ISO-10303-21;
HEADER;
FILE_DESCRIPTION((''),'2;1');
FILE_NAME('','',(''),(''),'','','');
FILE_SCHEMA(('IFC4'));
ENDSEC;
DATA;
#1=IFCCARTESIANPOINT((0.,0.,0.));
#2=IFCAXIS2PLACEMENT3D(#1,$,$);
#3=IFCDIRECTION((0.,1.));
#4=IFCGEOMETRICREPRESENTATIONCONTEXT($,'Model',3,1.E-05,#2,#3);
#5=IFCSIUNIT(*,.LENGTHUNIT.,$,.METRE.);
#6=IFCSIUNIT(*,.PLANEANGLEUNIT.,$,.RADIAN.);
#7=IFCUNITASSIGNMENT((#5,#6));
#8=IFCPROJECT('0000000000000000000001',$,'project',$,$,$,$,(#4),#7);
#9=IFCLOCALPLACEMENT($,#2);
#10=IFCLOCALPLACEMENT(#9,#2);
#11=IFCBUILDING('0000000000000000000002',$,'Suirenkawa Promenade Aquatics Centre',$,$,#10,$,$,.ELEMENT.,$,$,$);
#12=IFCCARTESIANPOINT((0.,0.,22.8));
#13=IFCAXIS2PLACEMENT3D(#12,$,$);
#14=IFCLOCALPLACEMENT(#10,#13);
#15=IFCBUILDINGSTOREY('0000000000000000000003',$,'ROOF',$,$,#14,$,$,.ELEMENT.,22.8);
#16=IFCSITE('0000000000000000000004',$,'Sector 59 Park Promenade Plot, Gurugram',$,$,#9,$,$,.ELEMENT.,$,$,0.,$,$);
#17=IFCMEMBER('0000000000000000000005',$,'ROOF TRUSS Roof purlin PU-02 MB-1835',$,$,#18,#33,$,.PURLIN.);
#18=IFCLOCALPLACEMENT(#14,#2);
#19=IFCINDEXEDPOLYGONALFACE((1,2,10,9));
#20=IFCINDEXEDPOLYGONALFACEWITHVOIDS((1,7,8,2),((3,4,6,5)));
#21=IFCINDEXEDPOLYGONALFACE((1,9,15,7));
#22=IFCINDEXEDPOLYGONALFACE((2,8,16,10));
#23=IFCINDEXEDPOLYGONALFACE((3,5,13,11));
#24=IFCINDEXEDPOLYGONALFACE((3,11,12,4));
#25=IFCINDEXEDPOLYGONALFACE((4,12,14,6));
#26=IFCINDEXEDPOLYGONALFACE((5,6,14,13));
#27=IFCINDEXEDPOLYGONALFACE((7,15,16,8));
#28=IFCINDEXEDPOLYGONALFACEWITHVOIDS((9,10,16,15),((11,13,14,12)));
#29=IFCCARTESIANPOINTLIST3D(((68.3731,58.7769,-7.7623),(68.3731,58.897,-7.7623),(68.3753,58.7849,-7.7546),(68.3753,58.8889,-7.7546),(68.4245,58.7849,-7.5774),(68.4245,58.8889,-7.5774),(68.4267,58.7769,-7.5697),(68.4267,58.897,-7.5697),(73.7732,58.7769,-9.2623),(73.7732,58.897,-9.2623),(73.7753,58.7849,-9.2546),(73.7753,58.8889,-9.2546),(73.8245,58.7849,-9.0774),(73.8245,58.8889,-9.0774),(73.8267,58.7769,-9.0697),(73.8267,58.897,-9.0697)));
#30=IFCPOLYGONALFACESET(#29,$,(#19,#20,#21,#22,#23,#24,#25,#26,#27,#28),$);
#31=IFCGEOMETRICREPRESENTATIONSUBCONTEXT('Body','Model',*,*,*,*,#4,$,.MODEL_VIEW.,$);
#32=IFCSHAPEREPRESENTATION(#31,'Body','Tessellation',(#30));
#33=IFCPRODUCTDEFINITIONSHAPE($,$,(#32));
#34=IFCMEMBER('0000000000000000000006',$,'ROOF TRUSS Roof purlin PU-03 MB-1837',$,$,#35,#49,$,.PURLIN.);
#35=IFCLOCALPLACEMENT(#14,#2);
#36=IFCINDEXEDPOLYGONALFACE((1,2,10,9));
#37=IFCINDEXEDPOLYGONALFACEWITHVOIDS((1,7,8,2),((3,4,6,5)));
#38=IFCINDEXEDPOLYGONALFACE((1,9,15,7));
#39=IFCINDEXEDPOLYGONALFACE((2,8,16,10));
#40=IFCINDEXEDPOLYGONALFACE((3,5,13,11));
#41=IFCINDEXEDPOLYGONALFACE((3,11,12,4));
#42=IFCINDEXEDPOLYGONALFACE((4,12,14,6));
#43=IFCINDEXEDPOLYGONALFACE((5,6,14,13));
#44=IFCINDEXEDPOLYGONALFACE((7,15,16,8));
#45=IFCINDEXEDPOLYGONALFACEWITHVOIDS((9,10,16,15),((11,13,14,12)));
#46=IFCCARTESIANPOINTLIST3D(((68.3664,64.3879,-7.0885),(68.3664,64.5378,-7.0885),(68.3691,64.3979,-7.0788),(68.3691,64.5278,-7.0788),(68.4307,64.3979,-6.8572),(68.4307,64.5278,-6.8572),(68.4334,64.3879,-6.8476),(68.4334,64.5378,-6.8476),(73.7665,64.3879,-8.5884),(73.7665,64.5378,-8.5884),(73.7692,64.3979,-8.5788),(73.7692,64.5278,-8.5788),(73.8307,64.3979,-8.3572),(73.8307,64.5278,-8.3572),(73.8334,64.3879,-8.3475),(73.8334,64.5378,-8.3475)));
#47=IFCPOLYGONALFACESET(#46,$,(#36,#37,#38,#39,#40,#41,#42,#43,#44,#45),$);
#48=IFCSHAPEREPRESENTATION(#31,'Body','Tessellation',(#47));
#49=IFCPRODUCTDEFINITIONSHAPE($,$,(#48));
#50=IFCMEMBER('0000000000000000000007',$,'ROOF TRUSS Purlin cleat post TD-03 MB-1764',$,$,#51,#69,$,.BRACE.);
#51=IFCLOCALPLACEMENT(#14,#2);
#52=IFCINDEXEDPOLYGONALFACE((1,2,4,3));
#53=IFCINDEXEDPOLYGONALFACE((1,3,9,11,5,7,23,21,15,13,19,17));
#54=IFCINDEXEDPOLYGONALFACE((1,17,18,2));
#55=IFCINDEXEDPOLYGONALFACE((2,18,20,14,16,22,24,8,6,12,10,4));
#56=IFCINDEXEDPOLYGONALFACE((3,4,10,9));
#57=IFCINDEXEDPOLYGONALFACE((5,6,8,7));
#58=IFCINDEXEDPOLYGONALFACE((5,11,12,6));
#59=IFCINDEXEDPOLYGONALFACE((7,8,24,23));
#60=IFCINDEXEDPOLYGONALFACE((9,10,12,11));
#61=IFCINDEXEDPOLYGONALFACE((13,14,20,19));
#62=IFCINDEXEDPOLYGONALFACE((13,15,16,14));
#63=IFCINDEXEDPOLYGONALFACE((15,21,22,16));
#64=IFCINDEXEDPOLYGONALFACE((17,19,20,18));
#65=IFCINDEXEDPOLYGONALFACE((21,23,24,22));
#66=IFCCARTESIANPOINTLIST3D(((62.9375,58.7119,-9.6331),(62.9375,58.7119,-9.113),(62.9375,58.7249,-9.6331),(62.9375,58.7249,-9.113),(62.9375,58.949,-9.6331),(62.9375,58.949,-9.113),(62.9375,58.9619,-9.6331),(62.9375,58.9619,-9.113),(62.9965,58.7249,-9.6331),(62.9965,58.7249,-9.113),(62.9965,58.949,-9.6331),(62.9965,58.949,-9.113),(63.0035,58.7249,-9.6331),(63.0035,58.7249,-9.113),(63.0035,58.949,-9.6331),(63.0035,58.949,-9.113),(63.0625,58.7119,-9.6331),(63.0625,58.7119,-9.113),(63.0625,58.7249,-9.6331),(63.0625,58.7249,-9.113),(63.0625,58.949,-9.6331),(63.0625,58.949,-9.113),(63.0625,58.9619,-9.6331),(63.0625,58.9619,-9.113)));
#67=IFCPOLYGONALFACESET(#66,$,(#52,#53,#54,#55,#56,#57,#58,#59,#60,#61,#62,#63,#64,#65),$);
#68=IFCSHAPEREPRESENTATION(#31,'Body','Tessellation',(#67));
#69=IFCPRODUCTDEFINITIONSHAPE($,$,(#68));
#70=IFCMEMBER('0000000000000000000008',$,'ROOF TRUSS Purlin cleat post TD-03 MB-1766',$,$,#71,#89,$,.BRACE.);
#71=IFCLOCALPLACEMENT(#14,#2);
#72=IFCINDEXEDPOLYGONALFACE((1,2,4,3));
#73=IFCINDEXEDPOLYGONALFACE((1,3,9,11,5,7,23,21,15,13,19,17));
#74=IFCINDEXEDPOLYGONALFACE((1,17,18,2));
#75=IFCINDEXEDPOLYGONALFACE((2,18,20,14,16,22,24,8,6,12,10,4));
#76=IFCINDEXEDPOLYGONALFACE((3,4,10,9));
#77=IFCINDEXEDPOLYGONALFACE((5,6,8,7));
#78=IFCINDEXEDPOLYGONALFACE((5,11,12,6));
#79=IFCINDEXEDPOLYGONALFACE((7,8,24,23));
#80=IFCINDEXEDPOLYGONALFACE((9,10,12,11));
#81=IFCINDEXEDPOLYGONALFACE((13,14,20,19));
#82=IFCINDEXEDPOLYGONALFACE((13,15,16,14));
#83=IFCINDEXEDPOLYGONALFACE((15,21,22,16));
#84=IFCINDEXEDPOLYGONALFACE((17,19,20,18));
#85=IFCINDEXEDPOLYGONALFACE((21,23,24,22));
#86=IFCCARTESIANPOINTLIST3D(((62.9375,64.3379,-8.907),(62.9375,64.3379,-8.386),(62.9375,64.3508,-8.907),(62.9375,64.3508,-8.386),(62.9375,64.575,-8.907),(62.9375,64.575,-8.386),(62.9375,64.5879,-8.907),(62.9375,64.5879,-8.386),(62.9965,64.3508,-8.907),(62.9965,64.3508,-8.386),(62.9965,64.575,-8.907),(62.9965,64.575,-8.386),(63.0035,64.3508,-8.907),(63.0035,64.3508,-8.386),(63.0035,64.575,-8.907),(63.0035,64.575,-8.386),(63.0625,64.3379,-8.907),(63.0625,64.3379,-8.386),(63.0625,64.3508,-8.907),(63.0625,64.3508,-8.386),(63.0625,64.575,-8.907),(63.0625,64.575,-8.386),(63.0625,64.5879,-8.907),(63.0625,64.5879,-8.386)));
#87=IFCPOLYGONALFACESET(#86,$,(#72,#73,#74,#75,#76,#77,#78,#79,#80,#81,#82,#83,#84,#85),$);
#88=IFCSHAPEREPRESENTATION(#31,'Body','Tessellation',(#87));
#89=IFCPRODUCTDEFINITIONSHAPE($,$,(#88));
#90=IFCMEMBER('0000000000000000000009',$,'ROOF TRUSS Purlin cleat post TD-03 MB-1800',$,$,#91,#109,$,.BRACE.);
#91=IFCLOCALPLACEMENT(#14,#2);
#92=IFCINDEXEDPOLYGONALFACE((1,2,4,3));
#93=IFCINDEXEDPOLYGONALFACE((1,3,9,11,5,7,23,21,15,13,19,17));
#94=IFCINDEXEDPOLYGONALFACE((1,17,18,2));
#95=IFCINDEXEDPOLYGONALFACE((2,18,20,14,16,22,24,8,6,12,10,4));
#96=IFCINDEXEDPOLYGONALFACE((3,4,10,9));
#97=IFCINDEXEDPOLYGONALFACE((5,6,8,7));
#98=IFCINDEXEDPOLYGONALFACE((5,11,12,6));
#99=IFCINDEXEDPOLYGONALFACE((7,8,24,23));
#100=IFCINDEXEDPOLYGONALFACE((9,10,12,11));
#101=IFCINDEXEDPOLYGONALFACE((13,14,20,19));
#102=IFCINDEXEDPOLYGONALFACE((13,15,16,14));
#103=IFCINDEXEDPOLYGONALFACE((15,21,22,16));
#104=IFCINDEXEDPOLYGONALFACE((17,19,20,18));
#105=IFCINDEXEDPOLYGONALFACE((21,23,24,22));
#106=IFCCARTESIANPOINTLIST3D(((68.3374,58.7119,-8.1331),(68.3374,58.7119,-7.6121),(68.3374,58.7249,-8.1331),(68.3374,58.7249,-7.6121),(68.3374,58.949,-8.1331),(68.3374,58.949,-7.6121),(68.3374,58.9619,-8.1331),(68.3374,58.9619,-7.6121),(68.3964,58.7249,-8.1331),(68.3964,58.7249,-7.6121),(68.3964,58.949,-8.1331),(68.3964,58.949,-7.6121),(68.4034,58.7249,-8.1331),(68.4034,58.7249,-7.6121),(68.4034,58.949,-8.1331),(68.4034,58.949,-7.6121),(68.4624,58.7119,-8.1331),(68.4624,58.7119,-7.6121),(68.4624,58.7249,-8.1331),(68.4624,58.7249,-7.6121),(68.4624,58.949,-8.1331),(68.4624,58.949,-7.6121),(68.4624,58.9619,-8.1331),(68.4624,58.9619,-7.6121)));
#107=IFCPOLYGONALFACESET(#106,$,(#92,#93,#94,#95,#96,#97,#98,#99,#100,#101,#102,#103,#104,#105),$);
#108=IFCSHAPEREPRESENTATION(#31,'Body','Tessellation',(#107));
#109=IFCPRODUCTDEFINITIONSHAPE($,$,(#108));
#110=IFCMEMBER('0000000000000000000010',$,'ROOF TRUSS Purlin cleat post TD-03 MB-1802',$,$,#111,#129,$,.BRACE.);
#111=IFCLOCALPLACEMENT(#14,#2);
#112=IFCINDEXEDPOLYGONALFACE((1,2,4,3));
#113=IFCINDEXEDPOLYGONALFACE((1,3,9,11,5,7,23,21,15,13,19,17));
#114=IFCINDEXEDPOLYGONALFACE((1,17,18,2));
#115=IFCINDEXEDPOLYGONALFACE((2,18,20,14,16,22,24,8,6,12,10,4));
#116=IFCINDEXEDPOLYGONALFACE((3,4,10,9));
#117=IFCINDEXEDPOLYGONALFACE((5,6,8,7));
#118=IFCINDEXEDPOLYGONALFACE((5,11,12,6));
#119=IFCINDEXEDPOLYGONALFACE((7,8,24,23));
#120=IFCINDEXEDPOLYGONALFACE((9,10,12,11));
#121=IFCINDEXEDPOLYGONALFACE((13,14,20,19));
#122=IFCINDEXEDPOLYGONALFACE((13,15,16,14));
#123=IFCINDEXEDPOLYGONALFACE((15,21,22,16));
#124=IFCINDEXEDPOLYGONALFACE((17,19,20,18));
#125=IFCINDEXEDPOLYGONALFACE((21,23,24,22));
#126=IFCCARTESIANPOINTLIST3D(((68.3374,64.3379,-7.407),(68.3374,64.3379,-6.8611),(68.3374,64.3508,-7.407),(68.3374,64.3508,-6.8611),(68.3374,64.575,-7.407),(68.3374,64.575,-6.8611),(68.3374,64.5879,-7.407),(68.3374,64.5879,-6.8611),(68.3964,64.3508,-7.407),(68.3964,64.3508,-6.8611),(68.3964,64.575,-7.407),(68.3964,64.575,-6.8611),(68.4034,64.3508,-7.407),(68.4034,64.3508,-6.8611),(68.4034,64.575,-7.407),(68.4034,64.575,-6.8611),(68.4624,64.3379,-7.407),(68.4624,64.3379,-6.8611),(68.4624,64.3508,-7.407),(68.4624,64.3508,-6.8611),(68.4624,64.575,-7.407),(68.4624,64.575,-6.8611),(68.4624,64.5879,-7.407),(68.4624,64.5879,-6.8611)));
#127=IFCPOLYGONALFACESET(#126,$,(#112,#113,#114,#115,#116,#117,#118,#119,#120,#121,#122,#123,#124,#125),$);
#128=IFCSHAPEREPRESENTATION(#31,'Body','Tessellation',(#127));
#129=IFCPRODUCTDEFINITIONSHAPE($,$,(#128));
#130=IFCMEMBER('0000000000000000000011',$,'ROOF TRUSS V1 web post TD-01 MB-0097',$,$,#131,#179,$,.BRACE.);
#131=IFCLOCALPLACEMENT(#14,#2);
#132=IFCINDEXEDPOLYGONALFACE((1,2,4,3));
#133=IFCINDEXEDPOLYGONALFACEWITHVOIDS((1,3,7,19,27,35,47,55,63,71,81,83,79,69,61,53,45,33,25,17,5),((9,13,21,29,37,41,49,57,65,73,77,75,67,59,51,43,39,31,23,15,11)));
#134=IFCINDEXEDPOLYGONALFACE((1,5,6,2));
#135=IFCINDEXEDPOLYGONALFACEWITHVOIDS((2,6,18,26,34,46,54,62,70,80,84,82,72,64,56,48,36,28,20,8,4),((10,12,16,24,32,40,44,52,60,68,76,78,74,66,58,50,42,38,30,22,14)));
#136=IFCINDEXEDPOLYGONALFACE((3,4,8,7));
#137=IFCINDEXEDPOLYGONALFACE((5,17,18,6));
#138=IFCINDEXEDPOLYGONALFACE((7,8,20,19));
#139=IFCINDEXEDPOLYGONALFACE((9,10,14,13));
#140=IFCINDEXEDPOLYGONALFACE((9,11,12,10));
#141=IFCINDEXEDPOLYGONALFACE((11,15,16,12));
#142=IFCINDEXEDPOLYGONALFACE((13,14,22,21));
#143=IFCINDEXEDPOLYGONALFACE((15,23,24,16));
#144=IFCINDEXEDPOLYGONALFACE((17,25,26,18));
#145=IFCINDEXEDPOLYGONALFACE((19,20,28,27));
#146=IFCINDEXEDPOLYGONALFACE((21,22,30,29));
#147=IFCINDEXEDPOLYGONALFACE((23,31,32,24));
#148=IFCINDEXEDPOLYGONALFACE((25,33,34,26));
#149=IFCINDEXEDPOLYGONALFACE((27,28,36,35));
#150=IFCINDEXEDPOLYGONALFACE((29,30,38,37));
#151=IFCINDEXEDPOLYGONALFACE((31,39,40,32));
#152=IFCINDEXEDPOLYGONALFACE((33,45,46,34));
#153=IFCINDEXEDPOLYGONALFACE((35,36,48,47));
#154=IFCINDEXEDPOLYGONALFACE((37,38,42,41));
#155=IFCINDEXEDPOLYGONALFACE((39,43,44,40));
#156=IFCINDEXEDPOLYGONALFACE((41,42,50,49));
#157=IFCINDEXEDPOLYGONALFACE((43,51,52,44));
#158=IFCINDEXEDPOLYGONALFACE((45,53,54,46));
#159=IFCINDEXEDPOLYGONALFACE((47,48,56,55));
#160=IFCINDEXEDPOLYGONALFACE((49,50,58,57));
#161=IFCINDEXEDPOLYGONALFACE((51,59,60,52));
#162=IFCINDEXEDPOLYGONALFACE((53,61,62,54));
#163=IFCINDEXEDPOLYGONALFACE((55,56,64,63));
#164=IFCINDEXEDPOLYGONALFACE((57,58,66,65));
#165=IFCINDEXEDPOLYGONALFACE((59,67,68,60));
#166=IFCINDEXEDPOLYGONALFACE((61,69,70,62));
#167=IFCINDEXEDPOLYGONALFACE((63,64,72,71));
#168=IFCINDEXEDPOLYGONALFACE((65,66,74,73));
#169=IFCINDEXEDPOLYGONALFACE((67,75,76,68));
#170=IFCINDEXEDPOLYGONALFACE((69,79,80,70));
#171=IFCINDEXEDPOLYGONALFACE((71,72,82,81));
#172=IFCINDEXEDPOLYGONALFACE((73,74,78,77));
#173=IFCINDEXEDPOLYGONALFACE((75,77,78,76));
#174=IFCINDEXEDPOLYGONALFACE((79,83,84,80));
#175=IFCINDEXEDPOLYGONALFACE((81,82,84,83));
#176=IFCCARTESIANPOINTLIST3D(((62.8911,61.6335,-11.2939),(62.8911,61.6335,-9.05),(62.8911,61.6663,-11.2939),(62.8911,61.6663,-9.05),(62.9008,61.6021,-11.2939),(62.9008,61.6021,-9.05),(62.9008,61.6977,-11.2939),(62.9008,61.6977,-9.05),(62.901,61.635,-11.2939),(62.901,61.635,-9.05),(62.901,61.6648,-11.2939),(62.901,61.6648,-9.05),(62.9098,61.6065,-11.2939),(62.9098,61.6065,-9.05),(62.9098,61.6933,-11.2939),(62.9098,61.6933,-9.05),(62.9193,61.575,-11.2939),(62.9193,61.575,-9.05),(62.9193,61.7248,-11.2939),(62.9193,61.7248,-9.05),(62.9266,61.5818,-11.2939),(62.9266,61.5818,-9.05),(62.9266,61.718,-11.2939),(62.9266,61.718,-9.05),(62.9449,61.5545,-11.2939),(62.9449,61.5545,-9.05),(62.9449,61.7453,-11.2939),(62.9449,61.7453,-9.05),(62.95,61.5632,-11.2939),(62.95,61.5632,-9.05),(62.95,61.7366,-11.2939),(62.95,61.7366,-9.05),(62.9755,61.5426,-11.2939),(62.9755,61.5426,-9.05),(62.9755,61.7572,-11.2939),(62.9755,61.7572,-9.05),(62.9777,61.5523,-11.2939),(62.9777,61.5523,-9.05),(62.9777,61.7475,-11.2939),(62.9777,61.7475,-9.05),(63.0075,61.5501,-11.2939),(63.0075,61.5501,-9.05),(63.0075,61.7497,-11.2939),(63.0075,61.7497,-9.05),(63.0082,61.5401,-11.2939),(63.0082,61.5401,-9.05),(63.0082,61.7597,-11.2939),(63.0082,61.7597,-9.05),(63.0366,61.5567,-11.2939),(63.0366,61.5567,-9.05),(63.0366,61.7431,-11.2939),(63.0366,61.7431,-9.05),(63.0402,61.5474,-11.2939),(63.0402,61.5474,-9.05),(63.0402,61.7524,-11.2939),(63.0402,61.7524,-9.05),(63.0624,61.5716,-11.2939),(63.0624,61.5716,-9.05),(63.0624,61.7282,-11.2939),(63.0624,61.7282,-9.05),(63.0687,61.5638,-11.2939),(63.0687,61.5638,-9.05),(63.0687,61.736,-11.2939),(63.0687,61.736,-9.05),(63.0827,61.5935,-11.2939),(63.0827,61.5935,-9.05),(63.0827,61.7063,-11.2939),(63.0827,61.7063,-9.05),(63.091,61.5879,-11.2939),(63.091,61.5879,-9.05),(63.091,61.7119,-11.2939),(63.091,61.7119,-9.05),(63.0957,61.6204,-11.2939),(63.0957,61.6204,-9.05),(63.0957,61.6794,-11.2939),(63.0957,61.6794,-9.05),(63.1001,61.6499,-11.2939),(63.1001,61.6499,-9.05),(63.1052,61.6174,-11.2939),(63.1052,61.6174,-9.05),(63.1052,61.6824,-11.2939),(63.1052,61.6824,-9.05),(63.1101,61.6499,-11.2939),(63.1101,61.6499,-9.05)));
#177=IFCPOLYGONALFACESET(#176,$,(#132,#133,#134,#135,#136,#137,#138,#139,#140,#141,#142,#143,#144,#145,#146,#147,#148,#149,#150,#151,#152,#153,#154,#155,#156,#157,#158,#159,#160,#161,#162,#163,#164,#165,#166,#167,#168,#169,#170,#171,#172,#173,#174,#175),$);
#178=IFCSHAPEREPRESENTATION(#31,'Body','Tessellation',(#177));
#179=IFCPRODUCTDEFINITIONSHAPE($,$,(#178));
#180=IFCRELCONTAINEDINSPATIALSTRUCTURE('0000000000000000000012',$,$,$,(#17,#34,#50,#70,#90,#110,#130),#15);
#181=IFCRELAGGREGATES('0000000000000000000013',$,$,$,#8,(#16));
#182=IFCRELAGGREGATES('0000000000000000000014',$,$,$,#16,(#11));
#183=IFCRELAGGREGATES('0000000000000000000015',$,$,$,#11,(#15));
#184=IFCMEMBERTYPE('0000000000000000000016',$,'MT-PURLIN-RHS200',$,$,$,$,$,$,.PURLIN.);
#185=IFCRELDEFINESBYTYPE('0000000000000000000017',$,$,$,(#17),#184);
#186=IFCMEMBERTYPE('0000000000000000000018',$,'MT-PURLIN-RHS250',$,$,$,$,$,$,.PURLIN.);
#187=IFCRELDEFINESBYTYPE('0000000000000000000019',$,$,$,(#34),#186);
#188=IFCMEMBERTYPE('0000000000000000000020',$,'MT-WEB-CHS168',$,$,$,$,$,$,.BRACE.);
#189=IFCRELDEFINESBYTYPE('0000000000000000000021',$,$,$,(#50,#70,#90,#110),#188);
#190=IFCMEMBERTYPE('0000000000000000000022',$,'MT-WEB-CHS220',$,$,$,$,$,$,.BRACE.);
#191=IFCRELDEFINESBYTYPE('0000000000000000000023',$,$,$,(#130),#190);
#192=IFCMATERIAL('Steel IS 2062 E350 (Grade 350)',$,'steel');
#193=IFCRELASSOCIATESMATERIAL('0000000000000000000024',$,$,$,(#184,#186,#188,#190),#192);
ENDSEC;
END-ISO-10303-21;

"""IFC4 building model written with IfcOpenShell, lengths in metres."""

from ifc_helpers import new_model, si_unit, direction, frame, origin, origin_2d, place, context, subcontext, project, spatial, hollow_rectangle, hollow_circle, i_section, extrude, material, material_profile, profile_set, type_object, element, save


model = new_model("IFC4")

# Units and contexts
model_context = context("Model", 3, precision=1e-05, world=origin(), true_north=direction((0.0, 1.0)))
body_context = subcontext(model_context, "Body", "Model", "MODEL_VIEW")
ifc_project = project(units=[si_unit("LENGTHUNIT", "METRE"), si_unit("PLANEANGLEUNIT", "RADIAN")], contexts=[model_context])

# Site, building, storey
site_placement = place(None, origin())
site = spatial("IfcSite", under=ifc_project, at=site_placement, Name="Sector 59 Park Promenade Plot, Gurugram", CompositionType="ELEMENT", RefElevation=0.0)
building_placement = place(site_placement, origin())
building = spatial("IfcBuilding", under=site, at=building_placement, Name="Suirenkawa Promenade Aquatics Centre", CompositionType="ELEMENT")
storey_placement = place(building_placement, frame((0.0, 0.0, 22.8)))
storey = spatial("IfcBuildingStorey", under=building, at=storey_placement, Name="ROOF", CompositionType="ELEMENT", Elevation=22.8)

# Shared definitions
ifc_material = material(Name="Steel IS 2062 E350 (Grade 350)", Category="steel")

# Members
ifc_material_profile_1 = material_profile(ifc_material, hollow_rectangle(XDim=0.1201, YDim=0.2, WallThickness=0.0081, at=origin_2d()), Name="RHS 200x120x8", Category="steel")
ifc_profile_set_1 = profile_set([ifc_material_profile_1], Name="Steel IS 2062 E350 (Grade 350)")
member_type_1 = type_object("IfcMemberType", Name="MT-PURLIN-RHS200", PredefinedType="PURLIN", material=ifc_profile_set_1)
member_1_placement = place(storey_placement, frame((68.3999, 58.8369, -7.666), z_axis=(0.96352, 0.0, -0.267637), x_axis=(0.0, 1.0, 0.0)))
element("IfcMember", 1, at=member_1_placement, inside=storey, type_object=member_type_1, Name="ROOF TRUSS Roof purlin PU-02 MB-1835", PredefinedType="PURLIN", context=body_context, shape_type="SweptSolid", body=[
    extrude(hollow_rectangle(XDim=0.1201, YDim=0.2, WallThickness=0.0081, at=origin_2d()), origin(), (0.0, 0.0, 1.0), 5.6045),
])
ifc_material_profile_2 = material_profile(ifc_material, hollow_rectangle(XDim=0.1499, YDim=0.25, WallThickness=0.01, at=origin_2d()), Name="RHS 250x150x10", Category="steel")
ifc_profile_set_2 = profile_set([ifc_material_profile_2], Name="Steel IS 2062 E350 (Grade 350)")
member_type_2 = type_object("IfcMemberType", Name="MT-PURLIN-RHS250", PredefinedType="PURLIN", material=ifc_profile_set_2)
member_2_placement = place(storey_placement, frame((68.3999, 64.4629, -6.968), z_axis=(0.96352, 0.0, -0.267637), x_axis=(0.0, 1.0, 0.0)))
element("IfcMember", 2, at=member_2_placement, inside=storey, type_object=member_type_2, Name="ROOF TRUSS Roof purlin PU-03 MB-1837", PredefinedType="PURLIN", context=body_context, shape_type="SweptSolid", body=[
    extrude(hollow_rectangle(XDim=0.1499, YDim=0.25, WallThickness=0.01, at=origin_2d()), origin(), (0.0, 0.0, 1.0), 5.6045),
])
ifc_material_profile_3 = material_profile(ifc_material, i_section(OverallWidth=0.125, OverallDepth=0.25, WebThickness=0.0071, FlangeThickness=0.0129, at=origin_2d()), Name="ISMB 250", Category="steel")
ifc_profile_set_3 = profile_set([ifc_material_profile_3], Name="Steel IS 2062 E350 (Grade 350)")
member_type_3 = type_object("IfcMemberType", Name="MT-WEB-CHS168", PredefinedType="BRACE", material=ifc_profile_set_3)
member_3_placement = place(storey_placement, frame((63.0, 58.8369, -9.6331), z_axis=(0.0, 0.0, 1.0), x_axis=(1.0, 0.0, 0.0)))
element("IfcMember", 3, at=member_3_placement, inside=storey, type_object=member_type_3, Name="ROOF TRUSS Purlin cleat post TD-03 MB-1764", PredefinedType="BRACE", context=body_context, shape_type="SweptSolid", body=[
    extrude(i_section(OverallWidth=0.125, OverallDepth=0.25, WebThickness=0.0071, FlangeThickness=0.0129, at=origin_2d()), origin(), (0.0, 0.0, 1.0), 0.52),
])
for number, where, z_axis, x_axis, name in (
    (4, (63.0, 64.4629, -8.907), (0.0, 0.0, 1.0), (1.0, 0.0, 0.0), "ROOF TRUSS Purlin cleat post TD-03 MB-1766"),
    (5, (68.3999, 58.8369, -8.1331), (0.0, 0.0, 1.0), (1.0, 0.0, 0.0), "ROOF TRUSS Purlin cleat post TD-03 MB-1800"),
):
    element("IfcMember", number, at=place(storey_placement, frame(where, z_axis=z_axis, x_axis=x_axis)), inside=storey, type_object=member_type_3, Name=name, PredefinedType="BRACE", context=body_context, shape_type="SweptSolid", body=[
        extrude(i_section(OverallWidth=0.125, OverallDepth=0.25, WebThickness=0.0071, FlangeThickness=0.0129, at=origin_2d()), origin(), (0.0, 0.0, 1.0), 0.521),
    ])
member_4_placement = place(storey_placement, frame((68.3999, 64.4629, -7.407), z_axis=(0.0, 0.0, 1.0), x_axis=(1.0, 0.0, 0.0)))
element("IfcMember", 6, at=member_4_placement, inside=storey, type_object=member_type_3, Name="ROOF TRUSS Purlin cleat post TD-03 MB-1802", PredefinedType="BRACE", context=body_context, shape_type="SweptSolid", body=[
    extrude(i_section(OverallWidth=0.125, OverallDepth=0.25, WebThickness=0.0071, FlangeThickness=0.0129, at=origin_2d()), origin(), (0.0, 0.0, 1.0), 0.5459),
])
ifc_material_profile_4 = material_profile(ifc_material, hollow_circle(Radius=0.1101, WallThickness=0.01, at=origin_2d()), Name="CHS 220x10", Category="steel")
ifc_profile_set_4 = profile_set([ifc_material_profile_4], Name="Steel IS 2062 E350 (Grade 350)")
member_type_4 = type_object("IfcMemberType", Name="MT-WEB-CHS220", PredefinedType="BRACE", material=ifc_profile_set_4)
member_5_placement = place(storey_placement, frame((63.0, 61.6499, -11.2939), z_axis=(0.0, 0.0, 1.0), x_axis=(1.0, 0.0, 0.0)))
element("IfcMember", 7, at=member_5_placement, inside=storey, type_object=member_type_4, Name="ROOF TRUSS V1 web post TD-01 MB-0097", PredefinedType="BRACE", context=body_context, shape_type="SweptSolid", body=[
    extrude(hollow_circle(Radius=0.1101, WallThickness=0.01, at=origin_2d()), origin(), (0.0, 0.0, 1.0), 2.2439),
])

save(model, "model.ifc")
